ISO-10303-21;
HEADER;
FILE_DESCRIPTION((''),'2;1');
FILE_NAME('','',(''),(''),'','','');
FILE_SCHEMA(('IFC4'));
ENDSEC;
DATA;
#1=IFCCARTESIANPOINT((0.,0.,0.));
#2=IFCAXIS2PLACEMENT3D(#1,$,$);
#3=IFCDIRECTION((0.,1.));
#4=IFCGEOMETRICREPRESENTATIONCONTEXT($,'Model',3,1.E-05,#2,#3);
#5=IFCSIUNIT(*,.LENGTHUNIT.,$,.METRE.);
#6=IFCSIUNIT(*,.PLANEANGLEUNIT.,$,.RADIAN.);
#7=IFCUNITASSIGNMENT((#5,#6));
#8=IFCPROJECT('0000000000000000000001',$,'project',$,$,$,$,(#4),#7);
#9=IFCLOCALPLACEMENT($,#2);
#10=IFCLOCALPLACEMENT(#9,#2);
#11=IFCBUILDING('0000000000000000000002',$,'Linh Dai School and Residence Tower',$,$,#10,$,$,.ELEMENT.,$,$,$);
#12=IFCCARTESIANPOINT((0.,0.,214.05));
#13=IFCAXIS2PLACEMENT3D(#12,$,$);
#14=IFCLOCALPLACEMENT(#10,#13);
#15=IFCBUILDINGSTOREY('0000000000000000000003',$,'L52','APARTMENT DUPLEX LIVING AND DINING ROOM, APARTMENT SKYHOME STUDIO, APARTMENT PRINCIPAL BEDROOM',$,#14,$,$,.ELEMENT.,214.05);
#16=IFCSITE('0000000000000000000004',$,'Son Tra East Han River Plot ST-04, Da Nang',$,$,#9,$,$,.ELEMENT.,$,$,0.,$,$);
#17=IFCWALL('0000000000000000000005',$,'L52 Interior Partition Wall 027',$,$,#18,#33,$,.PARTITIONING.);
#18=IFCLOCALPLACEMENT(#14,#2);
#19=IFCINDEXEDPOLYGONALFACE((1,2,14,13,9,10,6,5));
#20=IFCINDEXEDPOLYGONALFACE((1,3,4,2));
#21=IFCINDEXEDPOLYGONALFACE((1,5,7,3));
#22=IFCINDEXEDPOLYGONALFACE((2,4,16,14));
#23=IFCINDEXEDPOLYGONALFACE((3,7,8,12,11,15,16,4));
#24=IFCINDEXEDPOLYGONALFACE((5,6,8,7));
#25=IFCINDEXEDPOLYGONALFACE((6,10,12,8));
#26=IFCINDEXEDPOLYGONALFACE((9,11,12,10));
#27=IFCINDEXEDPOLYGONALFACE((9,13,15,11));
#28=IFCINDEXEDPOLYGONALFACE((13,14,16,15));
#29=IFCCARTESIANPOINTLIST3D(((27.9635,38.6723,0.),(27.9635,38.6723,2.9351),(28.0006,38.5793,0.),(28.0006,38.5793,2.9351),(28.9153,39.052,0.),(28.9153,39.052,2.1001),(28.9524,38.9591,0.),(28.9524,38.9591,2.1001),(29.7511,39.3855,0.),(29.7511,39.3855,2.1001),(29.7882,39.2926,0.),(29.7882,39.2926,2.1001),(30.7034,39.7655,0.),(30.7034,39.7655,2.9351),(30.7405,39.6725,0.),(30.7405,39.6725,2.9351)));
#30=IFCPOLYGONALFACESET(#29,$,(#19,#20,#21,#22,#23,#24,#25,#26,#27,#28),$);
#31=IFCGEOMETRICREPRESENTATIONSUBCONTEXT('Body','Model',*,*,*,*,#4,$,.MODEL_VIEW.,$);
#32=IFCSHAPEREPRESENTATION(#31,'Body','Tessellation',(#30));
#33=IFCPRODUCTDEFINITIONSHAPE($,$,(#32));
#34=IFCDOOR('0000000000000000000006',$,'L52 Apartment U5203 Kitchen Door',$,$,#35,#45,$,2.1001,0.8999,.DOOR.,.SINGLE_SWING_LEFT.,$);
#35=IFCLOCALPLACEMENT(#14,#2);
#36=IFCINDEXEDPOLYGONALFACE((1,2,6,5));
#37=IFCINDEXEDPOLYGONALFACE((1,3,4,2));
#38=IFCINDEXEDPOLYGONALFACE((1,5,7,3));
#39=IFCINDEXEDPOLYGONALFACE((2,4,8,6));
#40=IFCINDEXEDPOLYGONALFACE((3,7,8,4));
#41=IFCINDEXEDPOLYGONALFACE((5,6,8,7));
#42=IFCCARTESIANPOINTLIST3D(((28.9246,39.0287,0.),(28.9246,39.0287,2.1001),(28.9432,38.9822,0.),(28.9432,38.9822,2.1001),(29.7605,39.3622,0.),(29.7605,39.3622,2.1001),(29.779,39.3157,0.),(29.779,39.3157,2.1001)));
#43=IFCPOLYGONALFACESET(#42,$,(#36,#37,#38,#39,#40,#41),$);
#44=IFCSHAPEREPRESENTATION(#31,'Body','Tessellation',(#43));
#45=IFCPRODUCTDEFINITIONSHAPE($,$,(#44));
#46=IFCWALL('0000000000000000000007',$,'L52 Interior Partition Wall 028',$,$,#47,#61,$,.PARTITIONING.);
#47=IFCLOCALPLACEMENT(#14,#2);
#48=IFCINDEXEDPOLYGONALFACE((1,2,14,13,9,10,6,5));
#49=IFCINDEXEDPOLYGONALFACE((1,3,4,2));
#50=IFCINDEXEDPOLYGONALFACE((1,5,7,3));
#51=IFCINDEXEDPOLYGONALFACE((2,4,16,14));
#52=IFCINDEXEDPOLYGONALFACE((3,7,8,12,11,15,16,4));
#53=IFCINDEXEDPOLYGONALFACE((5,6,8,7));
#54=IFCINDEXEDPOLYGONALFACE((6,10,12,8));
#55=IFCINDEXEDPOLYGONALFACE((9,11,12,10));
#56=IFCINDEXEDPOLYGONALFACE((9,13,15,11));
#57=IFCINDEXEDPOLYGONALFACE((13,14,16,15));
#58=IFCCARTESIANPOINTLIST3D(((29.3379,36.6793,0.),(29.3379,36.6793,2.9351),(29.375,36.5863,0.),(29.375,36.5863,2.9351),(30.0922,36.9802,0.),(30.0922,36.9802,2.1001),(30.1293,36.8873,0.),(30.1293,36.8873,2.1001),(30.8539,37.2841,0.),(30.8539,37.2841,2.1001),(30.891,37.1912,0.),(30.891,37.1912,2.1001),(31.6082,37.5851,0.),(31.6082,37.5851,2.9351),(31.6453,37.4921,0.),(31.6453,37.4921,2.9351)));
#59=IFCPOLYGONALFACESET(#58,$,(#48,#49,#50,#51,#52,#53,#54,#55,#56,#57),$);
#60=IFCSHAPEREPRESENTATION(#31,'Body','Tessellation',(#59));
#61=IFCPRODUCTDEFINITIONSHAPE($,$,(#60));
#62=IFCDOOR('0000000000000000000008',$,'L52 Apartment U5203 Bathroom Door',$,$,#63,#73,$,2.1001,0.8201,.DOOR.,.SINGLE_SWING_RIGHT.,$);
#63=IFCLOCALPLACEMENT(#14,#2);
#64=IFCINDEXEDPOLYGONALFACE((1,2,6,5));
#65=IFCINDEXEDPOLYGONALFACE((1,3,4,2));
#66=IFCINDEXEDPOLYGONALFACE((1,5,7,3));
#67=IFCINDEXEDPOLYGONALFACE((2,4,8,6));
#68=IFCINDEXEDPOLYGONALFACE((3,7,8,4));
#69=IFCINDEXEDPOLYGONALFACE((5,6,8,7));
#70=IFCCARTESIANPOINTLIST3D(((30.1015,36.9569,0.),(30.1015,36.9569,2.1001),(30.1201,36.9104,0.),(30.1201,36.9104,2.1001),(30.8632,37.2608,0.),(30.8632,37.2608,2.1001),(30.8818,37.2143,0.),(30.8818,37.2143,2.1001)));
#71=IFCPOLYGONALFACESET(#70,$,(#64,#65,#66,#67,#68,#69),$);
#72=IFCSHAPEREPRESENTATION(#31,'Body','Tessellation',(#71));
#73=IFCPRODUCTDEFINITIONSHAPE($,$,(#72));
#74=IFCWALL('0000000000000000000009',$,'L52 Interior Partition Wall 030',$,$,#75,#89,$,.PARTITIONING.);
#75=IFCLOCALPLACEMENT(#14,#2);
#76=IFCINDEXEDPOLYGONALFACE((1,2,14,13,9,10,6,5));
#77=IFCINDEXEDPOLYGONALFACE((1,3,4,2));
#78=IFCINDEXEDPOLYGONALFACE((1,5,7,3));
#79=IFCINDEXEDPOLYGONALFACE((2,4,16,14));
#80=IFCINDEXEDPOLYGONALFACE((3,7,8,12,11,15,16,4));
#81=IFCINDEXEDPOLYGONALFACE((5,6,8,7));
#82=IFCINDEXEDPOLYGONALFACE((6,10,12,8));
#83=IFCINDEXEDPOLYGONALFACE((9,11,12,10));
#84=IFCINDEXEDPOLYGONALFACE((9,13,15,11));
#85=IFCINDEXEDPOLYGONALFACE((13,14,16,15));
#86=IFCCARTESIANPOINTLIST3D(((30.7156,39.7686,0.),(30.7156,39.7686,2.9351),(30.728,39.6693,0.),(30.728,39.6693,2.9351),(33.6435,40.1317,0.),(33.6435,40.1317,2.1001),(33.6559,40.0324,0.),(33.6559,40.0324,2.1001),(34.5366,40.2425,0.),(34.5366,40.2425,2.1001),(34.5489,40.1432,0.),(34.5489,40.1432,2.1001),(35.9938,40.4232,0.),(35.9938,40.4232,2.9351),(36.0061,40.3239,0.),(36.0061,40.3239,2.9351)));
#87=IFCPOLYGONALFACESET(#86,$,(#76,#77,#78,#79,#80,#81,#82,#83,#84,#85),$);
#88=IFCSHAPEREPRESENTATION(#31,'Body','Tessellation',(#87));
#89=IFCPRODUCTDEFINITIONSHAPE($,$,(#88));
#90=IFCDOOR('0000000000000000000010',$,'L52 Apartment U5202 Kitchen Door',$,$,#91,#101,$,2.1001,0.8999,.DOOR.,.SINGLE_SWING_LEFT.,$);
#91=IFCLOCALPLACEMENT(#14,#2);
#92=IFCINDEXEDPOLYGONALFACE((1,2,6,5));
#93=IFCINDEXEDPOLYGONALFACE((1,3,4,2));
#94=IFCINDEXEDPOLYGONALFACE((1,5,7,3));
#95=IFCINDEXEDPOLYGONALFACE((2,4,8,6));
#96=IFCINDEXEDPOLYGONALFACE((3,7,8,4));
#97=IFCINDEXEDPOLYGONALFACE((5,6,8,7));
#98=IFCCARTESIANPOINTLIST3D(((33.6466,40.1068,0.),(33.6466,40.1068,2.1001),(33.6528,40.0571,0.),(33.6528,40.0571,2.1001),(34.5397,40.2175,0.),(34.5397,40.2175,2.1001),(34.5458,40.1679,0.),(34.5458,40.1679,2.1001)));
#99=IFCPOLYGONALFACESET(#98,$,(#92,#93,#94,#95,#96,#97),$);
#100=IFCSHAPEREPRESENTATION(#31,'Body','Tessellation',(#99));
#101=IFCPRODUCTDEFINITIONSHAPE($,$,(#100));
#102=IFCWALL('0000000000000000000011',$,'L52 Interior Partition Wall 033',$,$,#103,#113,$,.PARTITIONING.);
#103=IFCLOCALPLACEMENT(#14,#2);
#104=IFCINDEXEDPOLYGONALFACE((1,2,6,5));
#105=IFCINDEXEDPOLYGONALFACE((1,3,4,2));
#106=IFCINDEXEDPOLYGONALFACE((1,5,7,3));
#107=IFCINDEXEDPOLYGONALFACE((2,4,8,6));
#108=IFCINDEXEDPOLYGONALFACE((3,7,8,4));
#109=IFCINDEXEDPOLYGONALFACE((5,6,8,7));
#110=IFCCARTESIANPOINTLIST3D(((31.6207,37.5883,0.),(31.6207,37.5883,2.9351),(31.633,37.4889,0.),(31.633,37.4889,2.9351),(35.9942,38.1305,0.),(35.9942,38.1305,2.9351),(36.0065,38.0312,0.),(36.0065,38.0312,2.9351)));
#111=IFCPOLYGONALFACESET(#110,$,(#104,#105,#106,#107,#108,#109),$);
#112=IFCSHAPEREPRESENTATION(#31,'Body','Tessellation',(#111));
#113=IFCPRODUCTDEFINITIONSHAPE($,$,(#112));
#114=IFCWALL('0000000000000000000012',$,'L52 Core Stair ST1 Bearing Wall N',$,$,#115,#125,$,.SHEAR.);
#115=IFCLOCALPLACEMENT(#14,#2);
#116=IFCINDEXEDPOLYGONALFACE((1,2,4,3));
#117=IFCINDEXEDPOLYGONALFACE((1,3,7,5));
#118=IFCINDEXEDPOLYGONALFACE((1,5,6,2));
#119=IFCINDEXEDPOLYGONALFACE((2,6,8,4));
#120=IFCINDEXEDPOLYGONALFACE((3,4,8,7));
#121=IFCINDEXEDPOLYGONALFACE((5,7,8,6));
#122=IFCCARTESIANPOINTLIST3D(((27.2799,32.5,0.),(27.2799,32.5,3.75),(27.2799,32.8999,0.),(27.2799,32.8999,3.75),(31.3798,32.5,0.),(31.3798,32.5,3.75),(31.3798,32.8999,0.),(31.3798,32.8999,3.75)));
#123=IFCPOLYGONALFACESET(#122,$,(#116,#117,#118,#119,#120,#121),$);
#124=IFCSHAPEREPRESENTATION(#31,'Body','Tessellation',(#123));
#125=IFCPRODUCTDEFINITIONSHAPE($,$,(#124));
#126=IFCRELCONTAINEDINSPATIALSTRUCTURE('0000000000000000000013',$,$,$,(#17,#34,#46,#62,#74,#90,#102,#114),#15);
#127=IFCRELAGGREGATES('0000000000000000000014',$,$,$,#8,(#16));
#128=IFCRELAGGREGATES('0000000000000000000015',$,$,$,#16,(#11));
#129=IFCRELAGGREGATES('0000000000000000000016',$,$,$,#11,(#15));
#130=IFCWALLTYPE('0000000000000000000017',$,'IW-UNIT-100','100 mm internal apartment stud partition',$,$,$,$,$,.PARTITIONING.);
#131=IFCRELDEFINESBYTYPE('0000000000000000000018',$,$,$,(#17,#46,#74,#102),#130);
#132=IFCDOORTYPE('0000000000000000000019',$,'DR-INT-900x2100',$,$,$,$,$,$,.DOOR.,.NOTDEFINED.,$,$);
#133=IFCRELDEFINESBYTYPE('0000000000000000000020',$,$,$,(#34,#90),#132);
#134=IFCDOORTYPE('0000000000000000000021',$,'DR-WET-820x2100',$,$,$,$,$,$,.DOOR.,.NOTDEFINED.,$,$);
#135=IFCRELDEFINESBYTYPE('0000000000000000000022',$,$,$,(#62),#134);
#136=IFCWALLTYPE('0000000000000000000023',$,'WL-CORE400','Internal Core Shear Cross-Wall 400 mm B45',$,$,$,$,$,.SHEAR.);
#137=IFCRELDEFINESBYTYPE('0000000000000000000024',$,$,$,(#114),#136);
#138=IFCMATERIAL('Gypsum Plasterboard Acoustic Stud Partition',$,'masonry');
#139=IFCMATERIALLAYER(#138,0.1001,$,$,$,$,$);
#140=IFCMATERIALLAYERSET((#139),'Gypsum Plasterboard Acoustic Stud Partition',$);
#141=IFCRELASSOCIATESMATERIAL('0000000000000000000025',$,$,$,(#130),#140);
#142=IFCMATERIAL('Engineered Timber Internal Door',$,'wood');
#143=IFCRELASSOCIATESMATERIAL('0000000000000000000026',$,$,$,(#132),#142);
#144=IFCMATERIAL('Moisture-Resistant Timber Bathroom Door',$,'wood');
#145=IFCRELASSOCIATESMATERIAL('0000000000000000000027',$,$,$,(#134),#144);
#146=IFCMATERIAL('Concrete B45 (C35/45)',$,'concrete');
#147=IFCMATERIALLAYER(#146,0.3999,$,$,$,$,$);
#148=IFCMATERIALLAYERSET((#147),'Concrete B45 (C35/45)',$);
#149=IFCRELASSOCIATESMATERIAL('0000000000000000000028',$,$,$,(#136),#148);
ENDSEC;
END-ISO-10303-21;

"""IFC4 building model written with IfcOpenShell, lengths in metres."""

from ifc_helpers import new_model, si_unit, direction, frame, frame_2d, origin, origin_2d, place, context, subcontext, project, spatial, rectangle, extrude, source, transform, mapped, material, layer, layer_set, type_object, element, fill, save


model = new_model("IFC4")

# Units and contexts
model_context = context("Model", 3, precision=1e-05, world=origin(), true_north=direction((0.0, 1.0)))
body_context = subcontext(model_context, "Body", "Model", "MODEL_VIEW")
ifc_project = project(units=[si_unit("LENGTHUNIT", "METRE"), si_unit("PLANEANGLEUNIT", "RADIAN")], contexts=[model_context])

# Site, building, storey
site_placement = place(None, origin())
site = spatial("IfcSite", under=ifc_project, at=site_placement, Name="Son Tra East Han River Plot ST-04, Da Nang", CompositionType="ELEMENT", RefElevation=0.0)
building_placement = place(site_placement, origin())
building = spatial("IfcBuilding", under=site, at=building_placement, Name="Linh Dai School and Residence Tower", CompositionType="ELEMENT")
storey_placement = place(building_placement, frame((0.0, 0.0, 214.05)))
storey = spatial("IfcBuildingStorey", under=building, at=storey_placement, Name="L52", Description="APARTMENT DUPLEX LIVING AND DINING ROOM, APARTMENT SKYHOME STUDIO, APARTMENT PRINCIPAL BEDROOM", CompositionType="ELEMENT", Elevation=214.05)

# Shared definitions
ifc_material_1 = material(Name="Gypsum Plasterboard Acoustic Stud Partition", Category="masonry")
ifc_layer_1 = layer(ifc_material_1, 0.1001)
ifc_layer_set_1 = layer_set([ifc_layer_1], Name="Gypsum Plasterboard Acoustic Stud Partition")
wall_type_1 = type_object("IfcWallType", Name="IW-UNIT-100", Description="100 mm internal apartment stud partition", PredefinedType="PARTITIONING", material=ifc_layer_set_1)

# Walls, openings, doors
wall_1_placement = place(storey_placement, frame((27.9819, 38.6257, 0.0), z_axis=(0.0, 0.0, 1.0), x_axis=(0.928796, 0.370591, 0.0)))
wall_1 = element("IfcWall", 1, at=wall_1_placement, inside=storey, type_object=wall_type_1, Name="L52 Interior Partition Wall 027", PredefinedType="PARTITIONING", context=body_context, shape_type="SweptSolid", body=[
    extrude(rectangle(XDim=2.95, YDim=0.1001, at=frame_2d((1.4751, 0.0))), origin(), (0.0, 0.0, 1.0), 2.9351),
])
opening_1_placement = place(wall_1_placement, frame((1.0249, 0.0, 0.0)))
opening_1 = element("IfcOpeningElement", 2, at=opening_1_placement, cuts=wall_1, PredefinedType="OPENING", context=body_context, shape_type="SweptSolid", body=[
    extrude(rectangle(XDim=0.8999, YDim=2.1001, at=origin_2d()), frame((0.45, 0.0601, 1.05), z_axis=(0.0, -1.0, 0.0), x_axis=(1.0, 0.0, 0.0)), (0.0, 0.0, 1.0), 0.1201),
])
ifc_material_2 = material(Name="Engineered Timber Internal Door", Category="wood")
door_type_1 = type_object("IfcDoorType", Name="DR-INT-900x2100", OperationType="NOTDEFINED", PredefinedType="DOOR", material=ifc_material_2)
shared_shape_1 = source(origin(), body_context, "Body", "SweptSolid", [
    extrude(rectangle(XDim=0.8999, YDim=2.1001, at=origin_2d()), frame((0.45, 0.0249, 1.05), z_axis=(0.0, -1.0, 0.0), x_axis=(1.0, 0.0, 0.0)), (0.0, 0.0, 1.0), 0.05),
])
door_1_placement = place(opening_1_placement, origin())
door_1 = element("IfcDoor", 3, at=door_1_placement, inside=storey, type_object=door_type_1, Name="L52 Apartment U5203 Kitchen Door", OperationType="SINGLE_SWING_LEFT", OverallHeight=2.1001, OverallWidth=0.8999, PredefinedType="DOOR", context=body_context, shape_type="MappedRepresentation", body=[
    mapped(shared_shape_1, transform((0.0, 0.0, 0.0), x_axis=(1.0, 0.0, 0.0), y_axis=(0.0, 1.0, 0.0), z_axis=(0.0, 0.0, 1.0), scale=1.0)),
])
fill(opening_1, door_1)
wall_2_placement = place(storey_placement, frame((29.3564, 36.6328, 0.0), z_axis=(0.0, 0.0, 1.0), x_axis=(0.928807, 0.370564, 0.0)))
wall_2 = element("IfcWall", 4, at=wall_2_placement, inside=storey, type_object=wall_type_1, Name="L52 Interior Partition Wall 028", PredefinedType="PARTITIONING", context=body_context, shape_type="SweptSolid", body=[
    extrude(rectangle(XDim=2.4443, YDim=0.1001, at=frame_2d((1.2222, 0.0))), origin(), (0.0, 0.0, 1.0), 2.9351),
])
opening_2_placement = place(wall_2_placement, frame((0.812, 0.0, 0.0)))
opening_2 = element("IfcOpeningElement", 5, at=opening_2_placement, cuts=wall_2, PredefinedType="OPENING", context=body_context, shape_type="SweptSolid", body=[
    extrude(rectangle(XDim=0.8201, YDim=2.1001, at=origin_2d()), frame((0.4102, 0.0601, 1.05), z_axis=(0.0, -1.0, 0.0), x_axis=(1.0, 0.0, 0.0)), (0.0, 0.0, 1.0), 0.1201),
])
ifc_material_3 = material(Name="Moisture-Resistant Timber Bathroom Door", Category="wood")
door_type_2 = type_object("IfcDoorType", Name="DR-WET-820x2100", OperationType="NOTDEFINED", PredefinedType="DOOR", material=ifc_material_3)
shared_shape_2 = source(origin(), body_context, "Body", "SweptSolid", [
    extrude(rectangle(XDim=0.8201, YDim=2.1001, at=origin_2d()), frame((0.4102, 0.0249, 1.05), z_axis=(0.0, -1.0, 0.0), x_axis=(1.0, 0.0, 0.0)), (0.0, 0.0, 1.0), 0.05),
])
door_2_placement = place(opening_2_placement, origin())
door_2 = element("IfcDoor", 6, at=door_2_placement, inside=storey, type_object=door_type_2, Name="L52 Apartment U5203 Bathroom Door", OperationType="SINGLE_SWING_RIGHT", OverallHeight=2.1001, OverallWidth=0.8201, PredefinedType="DOOR", context=body_context, shape_type="MappedRepresentation", body=[
    mapped(shared_shape_2, transform((0.0, 0.0, 0.0), x_axis=(1.0, 0.0, 0.0), y_axis=(0.0, 1.0, 0.0), z_axis=(0.0, 0.0, 1.0), scale=1.0)),
])
fill(opening_2, door_2)
wall_3_placement = place(storey_placement, frame((30.7219, 39.719, 0.0), z_axis=(0.0, 0.0, 1.0), x_axis=(0.992398, 0.123069, 0.0)))
wall_3 = element("IfcWall", 7, at=wall_3_placement, inside=storey, type_object=wall_type_1, Name="L52 Interior Partition Wall 030", PredefinedType="PARTITIONING", context=body_context, shape_type="SweptSolid", body=[
    extrude(rectangle(XDim=5.3186, YDim=0.1001, at=frame_2d((2.6592, 0.0))), origin(), (0.0, 0.0, 1.0), 2.9351),
])
opening_3_placement = place(wall_3_placement, frame((2.9502, 0.0, 0.0)))
opening_3 = element("IfcOpeningElement", 8, at=opening_3_placement, cuts=wall_3, PredefinedType="OPENING", context=body_context, shape_type="SweptSolid", body=[
    extrude(rectangle(XDim=0.8999, YDim=2.1001, at=origin_2d()), frame((0.45, 0.0601, 1.05), z_axis=(0.0, -1.0, 0.0), x_axis=(1.0, 0.0, 0.0)), (0.0, 0.0, 1.0), 0.1201),
])
door_3_placement = place(opening_3_placement, origin())
door_3 = element("IfcDoor", 9, at=door_3_placement, inside=storey, type_object=door_type_1, Name="L52 Apartment U5202 Kitchen Door", OperationType="SINGLE_SWING_LEFT", OverallHeight=2.1001, OverallWidth=0.8999, PredefinedType="DOOR", context=body_context, shape_type="MappedRepresentation", body=[
    mapped(shared_shape_1, transform((0.0, 0.0, 0.0), x_axis=(1.0, 0.0, 0.0), y_axis=(0.0, 1.0, 0.0), z_axis=(0.0, 0.0, 1.0), scale=1.0)),
])
fill(opening_3, door_3)

# Walls
wall_4_placement = place(storey_placement, frame((31.6267, 37.5386, 0.0), z_axis=(0.0, 0.0, 1.0), x_axis=(0.992402, 0.123039, 0.0)))
element("IfcWall", 10, at=wall_4_placement, inside=storey, type_object=wall_type_1, Name="L52 Interior Partition Wall 033", PredefinedType="PARTITIONING", context=body_context, shape_type="SweptSolid", body=[
    extrude(rectangle(XDim=4.407, YDim=0.1001, at=frame_2d((2.2036, 0.0))), origin(), (0.0, 0.0, 1.0), 2.9351),
])
ifc_material_4 = material(Name="Concrete B45 (C35/45)", Category="concrete")
ifc_layer_2 = layer(ifc_material_4, 0.3999)
ifc_layer_set_2 = layer_set([ifc_layer_2], Name="Concrete B45 (C35/45)")
wall_type_2 = type_object("IfcWallType", Name="WL-CORE400", Description="Internal Core Shear Cross-Wall 400 mm B45", PredefinedType="SHEAR", material=ifc_layer_set_2)
wall_5_placement = place(storey_placement, frame((27.28, 32.7, 0.0), z_axis=(0.0, 0.0, 1.0), x_axis=(1.0, 0.0, 0.0)))
element("IfcWall", 11, at=wall_5_placement, inside=storey, type_object=wall_type_2, Name="L52 Core Stair ST1 Bearing Wall N", PredefinedType="SHEAR", context=body_context, shape_type="SweptSolid", body=[
    extrude(rectangle(XDim=4.0999, YDim=0.3999, at=frame_2d((2.0498, 0.0))), origin(), (0.0, 0.0, 1.0), 3.75),
])

save(model, "model.ifc")
